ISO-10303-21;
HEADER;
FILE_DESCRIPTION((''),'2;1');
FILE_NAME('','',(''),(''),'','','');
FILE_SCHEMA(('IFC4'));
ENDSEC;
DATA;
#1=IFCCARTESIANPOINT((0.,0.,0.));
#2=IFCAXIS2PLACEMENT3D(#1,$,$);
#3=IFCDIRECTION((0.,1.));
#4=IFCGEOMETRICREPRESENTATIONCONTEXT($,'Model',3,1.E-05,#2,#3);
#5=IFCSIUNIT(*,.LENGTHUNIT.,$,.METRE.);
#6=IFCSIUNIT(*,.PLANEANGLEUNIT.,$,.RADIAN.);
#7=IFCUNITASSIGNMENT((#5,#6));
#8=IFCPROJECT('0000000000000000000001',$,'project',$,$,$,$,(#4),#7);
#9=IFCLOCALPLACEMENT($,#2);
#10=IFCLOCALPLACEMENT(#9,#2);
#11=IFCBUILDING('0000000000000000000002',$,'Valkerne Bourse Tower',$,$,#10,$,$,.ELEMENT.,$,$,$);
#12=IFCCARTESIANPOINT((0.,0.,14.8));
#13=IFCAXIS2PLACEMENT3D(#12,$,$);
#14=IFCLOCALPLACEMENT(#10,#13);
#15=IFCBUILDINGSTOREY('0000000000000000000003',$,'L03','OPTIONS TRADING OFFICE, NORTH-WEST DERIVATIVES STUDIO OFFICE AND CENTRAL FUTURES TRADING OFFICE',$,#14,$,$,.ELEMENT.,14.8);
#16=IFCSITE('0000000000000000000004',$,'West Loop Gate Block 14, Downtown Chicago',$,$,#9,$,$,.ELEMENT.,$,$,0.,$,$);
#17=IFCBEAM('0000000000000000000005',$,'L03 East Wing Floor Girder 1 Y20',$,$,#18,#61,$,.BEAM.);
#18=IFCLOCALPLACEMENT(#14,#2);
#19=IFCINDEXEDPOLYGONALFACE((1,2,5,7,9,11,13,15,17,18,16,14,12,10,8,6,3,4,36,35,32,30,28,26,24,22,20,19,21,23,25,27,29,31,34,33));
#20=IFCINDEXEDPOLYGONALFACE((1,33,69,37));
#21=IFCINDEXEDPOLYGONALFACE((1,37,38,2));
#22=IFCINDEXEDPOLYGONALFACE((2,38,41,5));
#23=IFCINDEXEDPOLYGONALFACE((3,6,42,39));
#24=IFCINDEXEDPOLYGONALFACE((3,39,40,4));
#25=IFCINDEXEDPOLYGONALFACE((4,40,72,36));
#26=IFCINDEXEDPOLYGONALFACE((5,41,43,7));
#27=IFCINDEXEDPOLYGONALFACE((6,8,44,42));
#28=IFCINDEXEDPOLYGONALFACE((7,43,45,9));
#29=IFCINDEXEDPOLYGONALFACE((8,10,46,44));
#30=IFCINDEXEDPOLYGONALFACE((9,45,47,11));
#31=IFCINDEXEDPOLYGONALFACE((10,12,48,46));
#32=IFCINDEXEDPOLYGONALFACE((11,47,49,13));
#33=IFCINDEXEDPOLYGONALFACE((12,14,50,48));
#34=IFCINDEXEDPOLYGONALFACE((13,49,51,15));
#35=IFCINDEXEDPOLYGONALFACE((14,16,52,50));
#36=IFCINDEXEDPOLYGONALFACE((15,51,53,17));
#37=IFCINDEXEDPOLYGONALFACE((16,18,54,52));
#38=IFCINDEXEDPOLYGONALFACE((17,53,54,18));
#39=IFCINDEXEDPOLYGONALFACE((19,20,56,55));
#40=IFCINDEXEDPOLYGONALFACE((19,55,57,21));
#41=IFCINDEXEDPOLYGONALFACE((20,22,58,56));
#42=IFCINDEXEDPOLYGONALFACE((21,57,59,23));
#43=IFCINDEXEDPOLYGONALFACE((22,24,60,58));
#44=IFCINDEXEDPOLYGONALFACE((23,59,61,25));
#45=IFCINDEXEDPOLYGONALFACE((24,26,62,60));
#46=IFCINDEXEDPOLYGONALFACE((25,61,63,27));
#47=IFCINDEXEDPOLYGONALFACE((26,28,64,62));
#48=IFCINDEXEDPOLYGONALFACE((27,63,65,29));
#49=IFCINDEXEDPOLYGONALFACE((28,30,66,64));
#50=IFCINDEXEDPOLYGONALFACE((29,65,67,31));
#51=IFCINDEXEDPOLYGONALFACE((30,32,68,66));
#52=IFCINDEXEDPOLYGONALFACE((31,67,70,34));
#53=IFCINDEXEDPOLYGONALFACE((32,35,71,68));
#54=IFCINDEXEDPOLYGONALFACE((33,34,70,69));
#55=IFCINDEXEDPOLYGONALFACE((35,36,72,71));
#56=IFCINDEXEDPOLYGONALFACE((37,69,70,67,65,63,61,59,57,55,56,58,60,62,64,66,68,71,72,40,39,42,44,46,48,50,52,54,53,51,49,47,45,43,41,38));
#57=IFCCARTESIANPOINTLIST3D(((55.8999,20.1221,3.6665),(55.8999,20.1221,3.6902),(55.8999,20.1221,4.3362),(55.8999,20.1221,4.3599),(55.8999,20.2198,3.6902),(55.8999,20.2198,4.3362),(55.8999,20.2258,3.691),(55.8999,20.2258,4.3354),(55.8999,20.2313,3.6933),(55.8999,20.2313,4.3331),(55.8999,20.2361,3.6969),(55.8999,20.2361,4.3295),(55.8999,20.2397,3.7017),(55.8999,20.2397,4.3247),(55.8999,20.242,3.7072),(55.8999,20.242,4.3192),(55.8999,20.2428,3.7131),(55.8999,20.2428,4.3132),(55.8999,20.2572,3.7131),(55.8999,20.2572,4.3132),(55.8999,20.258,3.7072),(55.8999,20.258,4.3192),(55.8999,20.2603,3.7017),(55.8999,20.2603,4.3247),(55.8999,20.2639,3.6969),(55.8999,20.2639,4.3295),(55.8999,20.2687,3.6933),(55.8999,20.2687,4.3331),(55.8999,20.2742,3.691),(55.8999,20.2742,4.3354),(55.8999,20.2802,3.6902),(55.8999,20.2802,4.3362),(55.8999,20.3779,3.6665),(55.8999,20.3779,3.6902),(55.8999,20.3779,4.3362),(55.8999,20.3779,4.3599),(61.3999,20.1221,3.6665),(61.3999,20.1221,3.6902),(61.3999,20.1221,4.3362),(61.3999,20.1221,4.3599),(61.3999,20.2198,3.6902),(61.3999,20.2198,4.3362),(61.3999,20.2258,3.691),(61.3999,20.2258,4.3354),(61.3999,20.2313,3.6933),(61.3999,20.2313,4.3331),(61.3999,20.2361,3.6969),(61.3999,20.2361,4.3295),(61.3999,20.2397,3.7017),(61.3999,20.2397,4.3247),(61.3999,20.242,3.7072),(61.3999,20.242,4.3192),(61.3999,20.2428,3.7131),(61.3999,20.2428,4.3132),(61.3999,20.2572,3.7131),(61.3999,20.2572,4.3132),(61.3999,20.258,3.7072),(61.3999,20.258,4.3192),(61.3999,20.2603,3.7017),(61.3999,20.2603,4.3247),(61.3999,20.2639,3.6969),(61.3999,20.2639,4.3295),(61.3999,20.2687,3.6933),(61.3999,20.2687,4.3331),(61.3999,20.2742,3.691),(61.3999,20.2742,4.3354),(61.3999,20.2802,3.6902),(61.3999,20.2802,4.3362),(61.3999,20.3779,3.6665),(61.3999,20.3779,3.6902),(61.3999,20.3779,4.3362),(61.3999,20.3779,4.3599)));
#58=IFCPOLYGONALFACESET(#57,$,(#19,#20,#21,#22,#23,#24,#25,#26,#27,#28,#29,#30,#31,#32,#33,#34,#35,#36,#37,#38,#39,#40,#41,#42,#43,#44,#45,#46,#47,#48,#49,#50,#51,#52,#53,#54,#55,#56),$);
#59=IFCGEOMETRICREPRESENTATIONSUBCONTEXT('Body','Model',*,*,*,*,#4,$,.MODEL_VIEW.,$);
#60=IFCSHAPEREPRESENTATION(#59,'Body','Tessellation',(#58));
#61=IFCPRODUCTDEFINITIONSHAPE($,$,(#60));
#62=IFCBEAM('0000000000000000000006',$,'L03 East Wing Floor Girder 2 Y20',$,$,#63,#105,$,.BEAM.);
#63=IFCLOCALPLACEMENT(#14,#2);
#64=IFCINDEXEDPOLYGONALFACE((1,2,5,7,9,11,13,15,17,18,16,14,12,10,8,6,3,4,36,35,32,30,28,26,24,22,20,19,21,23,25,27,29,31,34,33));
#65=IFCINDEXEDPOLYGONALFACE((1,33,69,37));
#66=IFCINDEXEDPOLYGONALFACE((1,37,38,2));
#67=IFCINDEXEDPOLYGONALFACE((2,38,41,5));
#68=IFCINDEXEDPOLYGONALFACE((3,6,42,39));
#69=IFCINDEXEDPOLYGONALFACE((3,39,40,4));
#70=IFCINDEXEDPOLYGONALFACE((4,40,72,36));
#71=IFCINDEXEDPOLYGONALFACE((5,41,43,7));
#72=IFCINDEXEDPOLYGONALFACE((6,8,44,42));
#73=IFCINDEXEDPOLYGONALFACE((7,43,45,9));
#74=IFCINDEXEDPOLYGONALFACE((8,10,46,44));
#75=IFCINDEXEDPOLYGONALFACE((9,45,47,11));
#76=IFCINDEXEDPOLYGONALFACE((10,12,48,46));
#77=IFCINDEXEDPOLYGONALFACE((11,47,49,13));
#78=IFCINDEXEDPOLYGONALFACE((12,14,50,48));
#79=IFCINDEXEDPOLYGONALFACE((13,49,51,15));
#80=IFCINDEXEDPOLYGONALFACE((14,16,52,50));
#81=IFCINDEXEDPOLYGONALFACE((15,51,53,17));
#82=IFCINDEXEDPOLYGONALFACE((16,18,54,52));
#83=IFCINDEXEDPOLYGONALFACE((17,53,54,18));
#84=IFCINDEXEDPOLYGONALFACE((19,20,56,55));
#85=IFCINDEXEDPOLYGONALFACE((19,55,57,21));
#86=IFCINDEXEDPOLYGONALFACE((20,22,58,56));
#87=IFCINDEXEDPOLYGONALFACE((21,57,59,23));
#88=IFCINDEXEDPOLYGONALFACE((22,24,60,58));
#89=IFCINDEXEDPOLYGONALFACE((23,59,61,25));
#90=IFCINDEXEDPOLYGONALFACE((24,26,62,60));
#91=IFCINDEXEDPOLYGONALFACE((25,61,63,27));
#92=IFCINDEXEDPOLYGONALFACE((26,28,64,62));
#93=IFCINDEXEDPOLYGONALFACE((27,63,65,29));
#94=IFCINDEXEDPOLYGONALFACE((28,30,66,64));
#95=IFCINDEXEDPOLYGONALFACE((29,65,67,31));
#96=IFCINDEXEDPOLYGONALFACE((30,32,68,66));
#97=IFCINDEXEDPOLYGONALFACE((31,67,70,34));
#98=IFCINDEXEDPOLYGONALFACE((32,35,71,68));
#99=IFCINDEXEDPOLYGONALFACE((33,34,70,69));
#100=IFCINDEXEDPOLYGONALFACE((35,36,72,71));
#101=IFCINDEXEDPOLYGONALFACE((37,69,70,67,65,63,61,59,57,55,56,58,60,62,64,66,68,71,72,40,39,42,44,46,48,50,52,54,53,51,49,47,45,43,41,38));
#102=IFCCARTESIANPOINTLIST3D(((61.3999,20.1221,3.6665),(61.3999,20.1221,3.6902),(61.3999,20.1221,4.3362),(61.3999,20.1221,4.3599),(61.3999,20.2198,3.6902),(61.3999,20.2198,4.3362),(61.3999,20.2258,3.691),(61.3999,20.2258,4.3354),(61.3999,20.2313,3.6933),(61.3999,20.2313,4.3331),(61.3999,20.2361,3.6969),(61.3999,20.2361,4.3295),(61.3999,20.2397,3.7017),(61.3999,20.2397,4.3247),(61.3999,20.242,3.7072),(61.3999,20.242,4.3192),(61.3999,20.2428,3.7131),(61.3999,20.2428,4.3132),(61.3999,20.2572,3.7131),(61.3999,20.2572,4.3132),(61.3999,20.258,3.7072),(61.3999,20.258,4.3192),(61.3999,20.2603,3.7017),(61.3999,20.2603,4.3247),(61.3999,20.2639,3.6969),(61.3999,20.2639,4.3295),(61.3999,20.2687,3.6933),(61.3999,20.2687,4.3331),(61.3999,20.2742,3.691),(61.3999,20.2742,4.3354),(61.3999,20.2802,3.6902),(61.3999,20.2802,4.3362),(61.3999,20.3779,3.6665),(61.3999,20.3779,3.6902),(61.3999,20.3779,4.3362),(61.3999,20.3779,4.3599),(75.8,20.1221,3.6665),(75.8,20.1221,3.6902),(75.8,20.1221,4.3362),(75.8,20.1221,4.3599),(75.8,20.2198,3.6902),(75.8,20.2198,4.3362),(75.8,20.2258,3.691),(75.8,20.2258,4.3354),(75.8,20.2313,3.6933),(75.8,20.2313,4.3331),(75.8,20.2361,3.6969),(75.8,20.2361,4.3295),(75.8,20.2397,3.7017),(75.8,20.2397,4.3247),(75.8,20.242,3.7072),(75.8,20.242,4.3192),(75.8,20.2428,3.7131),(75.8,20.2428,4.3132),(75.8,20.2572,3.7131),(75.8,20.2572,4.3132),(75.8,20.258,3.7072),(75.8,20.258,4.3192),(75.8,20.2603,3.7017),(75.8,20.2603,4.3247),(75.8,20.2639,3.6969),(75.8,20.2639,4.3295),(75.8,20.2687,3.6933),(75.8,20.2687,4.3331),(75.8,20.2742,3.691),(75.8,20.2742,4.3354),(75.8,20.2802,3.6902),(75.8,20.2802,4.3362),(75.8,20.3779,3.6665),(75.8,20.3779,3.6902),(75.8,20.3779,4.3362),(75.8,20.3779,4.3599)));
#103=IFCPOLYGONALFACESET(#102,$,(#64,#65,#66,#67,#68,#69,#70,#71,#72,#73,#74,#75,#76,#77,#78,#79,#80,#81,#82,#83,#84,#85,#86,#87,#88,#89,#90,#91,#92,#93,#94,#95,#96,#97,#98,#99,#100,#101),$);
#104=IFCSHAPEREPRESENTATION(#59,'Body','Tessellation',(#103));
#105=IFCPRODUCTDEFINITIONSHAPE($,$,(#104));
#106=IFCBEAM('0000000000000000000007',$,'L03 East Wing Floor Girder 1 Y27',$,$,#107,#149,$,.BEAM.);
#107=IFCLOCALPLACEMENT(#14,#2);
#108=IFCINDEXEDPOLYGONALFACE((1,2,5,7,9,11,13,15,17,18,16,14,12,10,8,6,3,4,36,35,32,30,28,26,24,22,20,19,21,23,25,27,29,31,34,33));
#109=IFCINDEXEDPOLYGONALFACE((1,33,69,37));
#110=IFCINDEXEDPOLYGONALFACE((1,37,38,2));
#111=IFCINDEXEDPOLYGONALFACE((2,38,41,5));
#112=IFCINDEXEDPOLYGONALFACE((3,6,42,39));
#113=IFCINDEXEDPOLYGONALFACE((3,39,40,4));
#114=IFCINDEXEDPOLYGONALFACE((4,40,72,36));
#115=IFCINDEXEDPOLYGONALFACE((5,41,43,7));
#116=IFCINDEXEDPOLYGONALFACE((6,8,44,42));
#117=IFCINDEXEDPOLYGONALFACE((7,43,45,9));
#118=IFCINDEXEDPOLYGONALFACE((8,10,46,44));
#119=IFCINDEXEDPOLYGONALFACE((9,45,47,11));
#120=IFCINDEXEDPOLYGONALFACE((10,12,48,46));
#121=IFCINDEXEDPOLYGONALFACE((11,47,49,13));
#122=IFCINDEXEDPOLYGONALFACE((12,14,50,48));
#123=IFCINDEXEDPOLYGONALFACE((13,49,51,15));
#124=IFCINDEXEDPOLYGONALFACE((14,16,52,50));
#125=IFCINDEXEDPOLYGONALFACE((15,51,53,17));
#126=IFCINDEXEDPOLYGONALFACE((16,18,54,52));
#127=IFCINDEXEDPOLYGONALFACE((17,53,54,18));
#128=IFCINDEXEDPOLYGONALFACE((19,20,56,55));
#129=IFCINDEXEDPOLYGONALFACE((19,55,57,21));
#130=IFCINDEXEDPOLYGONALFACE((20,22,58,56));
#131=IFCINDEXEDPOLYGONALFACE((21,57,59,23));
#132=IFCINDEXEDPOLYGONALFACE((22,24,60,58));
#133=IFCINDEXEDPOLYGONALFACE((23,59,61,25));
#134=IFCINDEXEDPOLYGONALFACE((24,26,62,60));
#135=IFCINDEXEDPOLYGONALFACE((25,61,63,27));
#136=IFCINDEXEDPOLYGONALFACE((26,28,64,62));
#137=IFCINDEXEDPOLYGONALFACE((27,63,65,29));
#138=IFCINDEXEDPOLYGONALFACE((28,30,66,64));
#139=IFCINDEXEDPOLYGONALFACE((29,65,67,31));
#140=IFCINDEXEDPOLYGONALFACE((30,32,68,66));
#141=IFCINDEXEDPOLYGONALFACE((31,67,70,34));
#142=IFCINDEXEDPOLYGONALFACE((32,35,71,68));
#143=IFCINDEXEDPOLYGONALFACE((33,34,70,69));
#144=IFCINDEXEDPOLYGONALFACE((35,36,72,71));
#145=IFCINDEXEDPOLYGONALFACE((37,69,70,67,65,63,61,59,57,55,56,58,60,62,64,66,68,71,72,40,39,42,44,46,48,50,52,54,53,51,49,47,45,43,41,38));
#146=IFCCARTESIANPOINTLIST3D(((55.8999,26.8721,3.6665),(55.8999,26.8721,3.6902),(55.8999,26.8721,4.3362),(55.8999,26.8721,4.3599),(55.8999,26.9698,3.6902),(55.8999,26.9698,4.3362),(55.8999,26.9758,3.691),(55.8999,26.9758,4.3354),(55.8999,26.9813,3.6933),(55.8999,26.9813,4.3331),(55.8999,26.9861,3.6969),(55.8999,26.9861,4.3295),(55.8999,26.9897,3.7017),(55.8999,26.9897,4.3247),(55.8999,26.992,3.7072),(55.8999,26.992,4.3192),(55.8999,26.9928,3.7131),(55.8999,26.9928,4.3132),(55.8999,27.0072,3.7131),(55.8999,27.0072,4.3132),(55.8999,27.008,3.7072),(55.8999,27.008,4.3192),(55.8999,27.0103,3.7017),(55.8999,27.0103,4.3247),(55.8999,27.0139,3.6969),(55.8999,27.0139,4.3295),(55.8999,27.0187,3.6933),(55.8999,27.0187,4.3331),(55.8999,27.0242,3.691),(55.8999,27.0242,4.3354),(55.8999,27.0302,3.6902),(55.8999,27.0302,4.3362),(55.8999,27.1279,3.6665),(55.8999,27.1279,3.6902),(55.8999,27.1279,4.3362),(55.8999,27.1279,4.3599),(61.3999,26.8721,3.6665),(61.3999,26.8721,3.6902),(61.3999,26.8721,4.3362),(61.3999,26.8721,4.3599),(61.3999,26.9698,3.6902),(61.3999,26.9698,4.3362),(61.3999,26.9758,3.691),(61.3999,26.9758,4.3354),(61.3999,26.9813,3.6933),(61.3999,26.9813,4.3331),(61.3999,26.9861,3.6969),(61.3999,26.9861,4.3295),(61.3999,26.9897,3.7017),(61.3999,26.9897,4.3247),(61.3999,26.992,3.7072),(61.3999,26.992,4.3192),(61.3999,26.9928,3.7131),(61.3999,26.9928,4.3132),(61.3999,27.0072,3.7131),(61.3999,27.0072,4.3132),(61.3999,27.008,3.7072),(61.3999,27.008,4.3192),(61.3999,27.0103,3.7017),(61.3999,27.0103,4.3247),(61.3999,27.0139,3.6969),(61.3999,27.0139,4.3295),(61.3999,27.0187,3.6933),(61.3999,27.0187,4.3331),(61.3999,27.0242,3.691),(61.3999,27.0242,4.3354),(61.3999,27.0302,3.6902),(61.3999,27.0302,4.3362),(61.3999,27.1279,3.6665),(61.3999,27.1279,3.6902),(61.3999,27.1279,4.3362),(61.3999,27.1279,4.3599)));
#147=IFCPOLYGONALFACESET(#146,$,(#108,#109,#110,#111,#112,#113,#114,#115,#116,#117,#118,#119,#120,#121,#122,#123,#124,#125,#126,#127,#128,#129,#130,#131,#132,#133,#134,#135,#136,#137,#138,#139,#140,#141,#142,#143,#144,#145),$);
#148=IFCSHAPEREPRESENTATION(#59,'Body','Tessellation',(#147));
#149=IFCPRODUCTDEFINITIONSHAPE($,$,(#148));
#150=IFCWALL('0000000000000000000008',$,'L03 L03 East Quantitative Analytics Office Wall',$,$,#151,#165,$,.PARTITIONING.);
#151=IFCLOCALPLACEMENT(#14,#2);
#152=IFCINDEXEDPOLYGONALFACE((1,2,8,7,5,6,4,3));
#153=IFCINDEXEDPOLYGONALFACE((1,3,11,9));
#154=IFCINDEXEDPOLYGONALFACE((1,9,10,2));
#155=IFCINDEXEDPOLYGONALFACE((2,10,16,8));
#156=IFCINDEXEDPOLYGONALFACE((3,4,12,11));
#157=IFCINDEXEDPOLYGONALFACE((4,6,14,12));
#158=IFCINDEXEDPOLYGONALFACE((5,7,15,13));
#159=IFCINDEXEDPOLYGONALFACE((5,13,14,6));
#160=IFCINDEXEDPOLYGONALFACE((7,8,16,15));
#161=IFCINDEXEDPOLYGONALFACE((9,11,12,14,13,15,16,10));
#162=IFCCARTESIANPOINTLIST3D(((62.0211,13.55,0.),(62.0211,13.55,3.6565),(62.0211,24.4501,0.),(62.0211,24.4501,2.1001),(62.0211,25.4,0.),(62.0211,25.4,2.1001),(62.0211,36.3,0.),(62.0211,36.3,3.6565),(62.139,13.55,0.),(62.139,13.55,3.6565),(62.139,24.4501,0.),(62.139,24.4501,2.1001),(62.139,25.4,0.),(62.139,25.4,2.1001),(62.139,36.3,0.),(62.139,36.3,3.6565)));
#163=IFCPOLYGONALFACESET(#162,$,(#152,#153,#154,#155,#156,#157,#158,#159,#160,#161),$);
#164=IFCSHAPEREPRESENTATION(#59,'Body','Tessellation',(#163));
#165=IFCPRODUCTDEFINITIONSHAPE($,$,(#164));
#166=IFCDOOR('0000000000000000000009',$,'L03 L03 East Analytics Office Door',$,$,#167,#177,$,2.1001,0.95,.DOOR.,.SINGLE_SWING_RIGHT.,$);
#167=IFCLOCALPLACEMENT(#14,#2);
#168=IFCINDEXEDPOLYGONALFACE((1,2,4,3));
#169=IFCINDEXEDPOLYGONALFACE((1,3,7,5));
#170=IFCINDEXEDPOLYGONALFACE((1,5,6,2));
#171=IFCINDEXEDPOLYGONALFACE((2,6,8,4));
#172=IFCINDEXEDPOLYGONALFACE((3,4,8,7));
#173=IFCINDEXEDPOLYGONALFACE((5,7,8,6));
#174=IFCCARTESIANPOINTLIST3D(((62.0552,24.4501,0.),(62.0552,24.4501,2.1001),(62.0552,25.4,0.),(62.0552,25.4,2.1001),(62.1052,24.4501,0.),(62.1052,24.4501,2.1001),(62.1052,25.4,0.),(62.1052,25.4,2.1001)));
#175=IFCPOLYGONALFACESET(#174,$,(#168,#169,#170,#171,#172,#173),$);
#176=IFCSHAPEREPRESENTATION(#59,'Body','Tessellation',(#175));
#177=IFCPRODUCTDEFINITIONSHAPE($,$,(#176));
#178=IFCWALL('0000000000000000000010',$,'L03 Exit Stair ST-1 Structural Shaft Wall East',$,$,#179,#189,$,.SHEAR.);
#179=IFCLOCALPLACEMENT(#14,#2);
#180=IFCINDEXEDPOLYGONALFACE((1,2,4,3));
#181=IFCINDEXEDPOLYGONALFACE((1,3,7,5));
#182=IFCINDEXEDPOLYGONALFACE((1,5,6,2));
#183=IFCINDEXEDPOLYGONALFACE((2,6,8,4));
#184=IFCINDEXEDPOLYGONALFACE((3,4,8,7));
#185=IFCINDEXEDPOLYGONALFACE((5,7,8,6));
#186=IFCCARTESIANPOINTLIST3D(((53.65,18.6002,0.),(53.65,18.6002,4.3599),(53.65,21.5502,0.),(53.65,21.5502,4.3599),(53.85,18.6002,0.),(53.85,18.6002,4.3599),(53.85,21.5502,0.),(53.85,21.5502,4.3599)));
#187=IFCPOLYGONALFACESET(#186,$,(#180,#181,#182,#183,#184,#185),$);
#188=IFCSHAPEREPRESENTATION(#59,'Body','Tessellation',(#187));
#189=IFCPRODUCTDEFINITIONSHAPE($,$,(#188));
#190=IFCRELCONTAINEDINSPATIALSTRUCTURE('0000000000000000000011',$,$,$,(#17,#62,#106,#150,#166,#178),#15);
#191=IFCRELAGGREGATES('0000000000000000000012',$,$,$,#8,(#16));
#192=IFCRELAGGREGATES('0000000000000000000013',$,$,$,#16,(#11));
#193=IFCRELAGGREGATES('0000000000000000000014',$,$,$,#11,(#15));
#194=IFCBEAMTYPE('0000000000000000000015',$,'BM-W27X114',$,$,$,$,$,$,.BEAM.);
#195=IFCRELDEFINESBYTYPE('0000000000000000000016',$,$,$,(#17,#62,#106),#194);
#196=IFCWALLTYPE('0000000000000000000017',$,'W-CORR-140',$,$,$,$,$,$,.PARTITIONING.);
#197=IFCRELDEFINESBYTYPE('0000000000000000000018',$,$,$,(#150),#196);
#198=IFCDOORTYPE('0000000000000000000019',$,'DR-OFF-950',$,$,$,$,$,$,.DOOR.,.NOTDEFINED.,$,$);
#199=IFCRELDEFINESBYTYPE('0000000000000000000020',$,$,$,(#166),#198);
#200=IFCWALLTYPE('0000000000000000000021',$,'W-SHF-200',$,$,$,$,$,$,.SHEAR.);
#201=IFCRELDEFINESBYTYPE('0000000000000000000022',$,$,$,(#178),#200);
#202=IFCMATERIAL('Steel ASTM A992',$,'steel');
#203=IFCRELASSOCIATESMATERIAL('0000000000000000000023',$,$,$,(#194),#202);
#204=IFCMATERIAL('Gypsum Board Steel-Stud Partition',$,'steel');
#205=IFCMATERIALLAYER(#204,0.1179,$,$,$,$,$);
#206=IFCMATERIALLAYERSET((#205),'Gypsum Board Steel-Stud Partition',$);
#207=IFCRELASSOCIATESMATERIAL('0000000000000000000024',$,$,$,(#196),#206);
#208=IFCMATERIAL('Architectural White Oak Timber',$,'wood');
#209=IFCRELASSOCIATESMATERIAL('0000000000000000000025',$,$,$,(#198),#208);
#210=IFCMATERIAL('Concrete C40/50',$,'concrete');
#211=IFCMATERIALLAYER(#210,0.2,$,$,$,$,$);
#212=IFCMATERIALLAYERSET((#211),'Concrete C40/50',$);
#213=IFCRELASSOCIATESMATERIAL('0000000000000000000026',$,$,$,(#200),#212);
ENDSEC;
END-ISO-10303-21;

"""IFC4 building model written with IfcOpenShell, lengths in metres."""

from ifc_helpers import new_model, si_unit, direction, frame, frame_2d, origin, origin_2d, place, context, subcontext, project, spatial, rectangle, i_section, extrude, material, layer, layer_set, material_profile, profile_set, type_object, element, fill, save


model = new_model("IFC4")

# Units and contexts
model_context = context("Model", 3, precision=1e-05, world=origin(), true_north=direction((0.0, 1.0)))
body_context = subcontext(model_context, "Body", "Model", "MODEL_VIEW")
ifc_project = project(units=[si_unit("LENGTHUNIT", "METRE"), si_unit("PLANEANGLEUNIT", "RADIAN")], contexts=[model_context])

# Site, building, storey
site_placement = place(None, origin())
site = spatial("IfcSite", under=ifc_project, at=site_placement, Name="West Loop Gate Block 14, Downtown Chicago", CompositionType="ELEMENT", RefElevation=0.0)
building_placement = place(site_placement, origin())
building = spatial("IfcBuilding", under=site, at=building_placement, Name="Valkerne Bourse Tower", CompositionType="ELEMENT")
storey_placement = place(building_placement, frame((0.0, 0.0, 14.8)))
storey = spatial("IfcBuildingStorey", under=building, at=storey_placement, Name="L03", Description="OPTIONS TRADING OFFICE, NORTH-WEST DERIVATIVES STUDIO OFFICE AND CENTRAL FUTURES TRADING OFFICE", CompositionType="ELEMENT", Elevation=14.8)

# Beams
ifc_material_1 = material(Name="Steel ASTM A992", Category="steel")
ifc_material_profile_1 = material_profile(ifc_material_1, i_section(OverallWidth=0.2559, OverallDepth=0.6934, WebThickness=0.0144, FlangeThickness=0.0237, FilletRadius=0.0229, at=origin_2d()), Name="W27X114")
ifc_profile_set_1 = profile_set([ifc_material_profile_1], Name="Steel ASTM A992")
beam_type = type_object("IfcBeamType", Name="BM-W27X114", PredefinedType="BEAM", material=ifc_profile_set_1)
beam_1_placement = place(storey_placement, frame((55.8999, 20.25, 4.0132), z_axis=(1.0, 0.0, 0.0), x_axis=(0.0, 1.0, 0.0)))
element("IfcBeam", 1, at=beam_1_placement, inside=storey, type_object=beam_type, Name="L03 East Wing Floor Girder 1 Y20", PredefinedType="BEAM", context=body_context, shape_type="SweptSolid", body=[
    extrude(i_section(OverallWidth=0.2559, OverallDepth=0.6934, WebThickness=0.0144, FlangeThickness=0.0237, FilletRadius=0.0229, at=origin_2d()), origin(), (0.0, 0.0, 1.0), 5.5),
])
beam_2_placement = place(storey_placement, frame((61.3999, 20.25, 4.0132), z_axis=(1.0, 0.0, 0.0), x_axis=(0.0, 1.0, 0.0)))
element("IfcBeam", 2, at=beam_2_placement, inside=storey, type_object=beam_type, Name="L03 East Wing Floor Girder 2 Y20", PredefinedType="BEAM", context=body_context, shape_type="SweptSolid", body=[
    extrude(i_section(OverallWidth=0.2559, OverallDepth=0.6934, WebThickness=0.0144, FlangeThickness=0.0237, FilletRadius=0.0229, at=origin_2d()), origin(), (0.0, 0.0, 1.0), 14.4001),
])
beam_3_placement = place(storey_placement, frame((55.8999, 27.0, 4.0132), z_axis=(1.0, 0.0, 0.0), x_axis=(0.0, 1.0, 0.0)))
element("IfcBeam", 3, at=beam_3_placement, inside=storey, type_object=beam_type, Name="L03 East Wing Floor Girder 1 Y27", PredefinedType="BEAM", context=body_context, shape_type="SweptSolid", body=[
    extrude(i_section(OverallWidth=0.2559, OverallDepth=0.6934, WebThickness=0.0144, FlangeThickness=0.0237, FilletRadius=0.0229, at=origin_2d()), origin(), (0.0, 0.0, 1.0), 5.5),
])

# Wall, opening, door
ifc_material_2 = material(Name="Gypsum Board Steel-Stud Partition", Category="steel")
ifc_layer_1 = layer(ifc_material_2, 0.1179)
ifc_layer_set_1 = layer_set([ifc_layer_1], Name="Gypsum Board Steel-Stud Partition")
wall_type_1 = type_object("IfcWallType", Name="W-CORR-140", PredefinedType="PARTITIONING", material=ifc_layer_set_1)
wall_1_placement = place(storey_placement, frame((62.0801, 13.55, 0.0), z_axis=(0.0, 0.0, 1.0), x_axis=(0.0, 1.0, 0.0)))
wall_1 = element("IfcWall", 4, at=wall_1_placement, inside=storey, type_object=wall_type_1, Name="L03 L03 East Quantitative Analytics Office Wall", PredefinedType="PARTITIONING", context=body_context, shape_type="SweptSolid", body=[
    extrude(rectangle(XDim=22.75, YDim=0.1179, at=frame_2d((11.375, 0.0))), origin(), (0.0, 0.0, 1.0), 3.6565),
])
opening_1_placement = place(wall_1_placement, frame((10.8999, 0.0, 0.0)))
opening_1 = element("IfcOpeningElement", 5, at=opening_1_placement, cuts=wall_1, PredefinedType="OPENING", context=body_context, shape_type="SweptSolid", body=[
    extrude(rectangle(XDim=0.95, YDim=2.1001, at=frame_2d((0.4751, 1.05))), frame((0.0, 0.0688, 0.0), z_axis=(0.0, -1.0, 0.0), x_axis=(1.0, 0.0, 0.0)), (0.0, 0.0, 1.0), 0.1379),
])
ifc_material_3 = material(Name="Architectural White Oak Timber", Category="wood")
door_type_1 = type_object("IfcDoorType", Name="DR-OFF-950", OperationType="NOTDEFINED", PredefinedType="DOOR", material=ifc_material_3)
door_1_placement = place(opening_1_placement, origin())
door_1 = element("IfcDoor", 6, at=door_1_placement, inside=storey, type_object=door_type_1, Name="L03 L03 East Analytics Office Door", OperationType="SINGLE_SWING_RIGHT", OverallHeight=2.1001, OverallWidth=0.95, PredefinedType="DOOR", context=body_context, shape_type="SweptSolid", body=[
    extrude(rectangle(XDim=0.95, YDim=2.1001, at=frame_2d((0.4751, 1.05))), frame((0.0, 0.0249, 0.0), z_axis=(0.0, -1.0, 0.0), x_axis=(1.0, 0.0, 0.0)), (0.0, 0.0, 1.0), 0.05),
])
fill(opening_1, door_1)

# Wall
ifc_material_4 = material(Name="Concrete C40/50", Category="concrete")
ifc_layer_2 = layer(ifc_material_4, 0.2)
ifc_layer_set_2 = layer_set([ifc_layer_2], Name="Concrete C40/50")
wall_type_2 = type_object("IfcWallType", Name="W-SHF-200", PredefinedType="SHEAR", material=ifc_layer_set_2)
wall_2_placement = place(storey_placement, frame((53.75, 18.6001, 0.0), z_axis=(0.0, 0.0, 1.0), x_axis=(0.0, 1.0, 0.0)))
element("IfcWall", 7, at=wall_2_placement, inside=storey, type_object=wall_type_2, Name="L03 Exit Stair ST-1 Structural Shaft Wall East", PredefinedType="SHEAR", context=body_context, shape_type="SweptSolid", body=[
    extrude(rectangle(XDim=2.95, YDim=0.2, at=frame_2d((1.4751, 0.0))), origin(), (0.0, 0.0, 1.0), 4.3599),
])

save(model, "model.ifc")
